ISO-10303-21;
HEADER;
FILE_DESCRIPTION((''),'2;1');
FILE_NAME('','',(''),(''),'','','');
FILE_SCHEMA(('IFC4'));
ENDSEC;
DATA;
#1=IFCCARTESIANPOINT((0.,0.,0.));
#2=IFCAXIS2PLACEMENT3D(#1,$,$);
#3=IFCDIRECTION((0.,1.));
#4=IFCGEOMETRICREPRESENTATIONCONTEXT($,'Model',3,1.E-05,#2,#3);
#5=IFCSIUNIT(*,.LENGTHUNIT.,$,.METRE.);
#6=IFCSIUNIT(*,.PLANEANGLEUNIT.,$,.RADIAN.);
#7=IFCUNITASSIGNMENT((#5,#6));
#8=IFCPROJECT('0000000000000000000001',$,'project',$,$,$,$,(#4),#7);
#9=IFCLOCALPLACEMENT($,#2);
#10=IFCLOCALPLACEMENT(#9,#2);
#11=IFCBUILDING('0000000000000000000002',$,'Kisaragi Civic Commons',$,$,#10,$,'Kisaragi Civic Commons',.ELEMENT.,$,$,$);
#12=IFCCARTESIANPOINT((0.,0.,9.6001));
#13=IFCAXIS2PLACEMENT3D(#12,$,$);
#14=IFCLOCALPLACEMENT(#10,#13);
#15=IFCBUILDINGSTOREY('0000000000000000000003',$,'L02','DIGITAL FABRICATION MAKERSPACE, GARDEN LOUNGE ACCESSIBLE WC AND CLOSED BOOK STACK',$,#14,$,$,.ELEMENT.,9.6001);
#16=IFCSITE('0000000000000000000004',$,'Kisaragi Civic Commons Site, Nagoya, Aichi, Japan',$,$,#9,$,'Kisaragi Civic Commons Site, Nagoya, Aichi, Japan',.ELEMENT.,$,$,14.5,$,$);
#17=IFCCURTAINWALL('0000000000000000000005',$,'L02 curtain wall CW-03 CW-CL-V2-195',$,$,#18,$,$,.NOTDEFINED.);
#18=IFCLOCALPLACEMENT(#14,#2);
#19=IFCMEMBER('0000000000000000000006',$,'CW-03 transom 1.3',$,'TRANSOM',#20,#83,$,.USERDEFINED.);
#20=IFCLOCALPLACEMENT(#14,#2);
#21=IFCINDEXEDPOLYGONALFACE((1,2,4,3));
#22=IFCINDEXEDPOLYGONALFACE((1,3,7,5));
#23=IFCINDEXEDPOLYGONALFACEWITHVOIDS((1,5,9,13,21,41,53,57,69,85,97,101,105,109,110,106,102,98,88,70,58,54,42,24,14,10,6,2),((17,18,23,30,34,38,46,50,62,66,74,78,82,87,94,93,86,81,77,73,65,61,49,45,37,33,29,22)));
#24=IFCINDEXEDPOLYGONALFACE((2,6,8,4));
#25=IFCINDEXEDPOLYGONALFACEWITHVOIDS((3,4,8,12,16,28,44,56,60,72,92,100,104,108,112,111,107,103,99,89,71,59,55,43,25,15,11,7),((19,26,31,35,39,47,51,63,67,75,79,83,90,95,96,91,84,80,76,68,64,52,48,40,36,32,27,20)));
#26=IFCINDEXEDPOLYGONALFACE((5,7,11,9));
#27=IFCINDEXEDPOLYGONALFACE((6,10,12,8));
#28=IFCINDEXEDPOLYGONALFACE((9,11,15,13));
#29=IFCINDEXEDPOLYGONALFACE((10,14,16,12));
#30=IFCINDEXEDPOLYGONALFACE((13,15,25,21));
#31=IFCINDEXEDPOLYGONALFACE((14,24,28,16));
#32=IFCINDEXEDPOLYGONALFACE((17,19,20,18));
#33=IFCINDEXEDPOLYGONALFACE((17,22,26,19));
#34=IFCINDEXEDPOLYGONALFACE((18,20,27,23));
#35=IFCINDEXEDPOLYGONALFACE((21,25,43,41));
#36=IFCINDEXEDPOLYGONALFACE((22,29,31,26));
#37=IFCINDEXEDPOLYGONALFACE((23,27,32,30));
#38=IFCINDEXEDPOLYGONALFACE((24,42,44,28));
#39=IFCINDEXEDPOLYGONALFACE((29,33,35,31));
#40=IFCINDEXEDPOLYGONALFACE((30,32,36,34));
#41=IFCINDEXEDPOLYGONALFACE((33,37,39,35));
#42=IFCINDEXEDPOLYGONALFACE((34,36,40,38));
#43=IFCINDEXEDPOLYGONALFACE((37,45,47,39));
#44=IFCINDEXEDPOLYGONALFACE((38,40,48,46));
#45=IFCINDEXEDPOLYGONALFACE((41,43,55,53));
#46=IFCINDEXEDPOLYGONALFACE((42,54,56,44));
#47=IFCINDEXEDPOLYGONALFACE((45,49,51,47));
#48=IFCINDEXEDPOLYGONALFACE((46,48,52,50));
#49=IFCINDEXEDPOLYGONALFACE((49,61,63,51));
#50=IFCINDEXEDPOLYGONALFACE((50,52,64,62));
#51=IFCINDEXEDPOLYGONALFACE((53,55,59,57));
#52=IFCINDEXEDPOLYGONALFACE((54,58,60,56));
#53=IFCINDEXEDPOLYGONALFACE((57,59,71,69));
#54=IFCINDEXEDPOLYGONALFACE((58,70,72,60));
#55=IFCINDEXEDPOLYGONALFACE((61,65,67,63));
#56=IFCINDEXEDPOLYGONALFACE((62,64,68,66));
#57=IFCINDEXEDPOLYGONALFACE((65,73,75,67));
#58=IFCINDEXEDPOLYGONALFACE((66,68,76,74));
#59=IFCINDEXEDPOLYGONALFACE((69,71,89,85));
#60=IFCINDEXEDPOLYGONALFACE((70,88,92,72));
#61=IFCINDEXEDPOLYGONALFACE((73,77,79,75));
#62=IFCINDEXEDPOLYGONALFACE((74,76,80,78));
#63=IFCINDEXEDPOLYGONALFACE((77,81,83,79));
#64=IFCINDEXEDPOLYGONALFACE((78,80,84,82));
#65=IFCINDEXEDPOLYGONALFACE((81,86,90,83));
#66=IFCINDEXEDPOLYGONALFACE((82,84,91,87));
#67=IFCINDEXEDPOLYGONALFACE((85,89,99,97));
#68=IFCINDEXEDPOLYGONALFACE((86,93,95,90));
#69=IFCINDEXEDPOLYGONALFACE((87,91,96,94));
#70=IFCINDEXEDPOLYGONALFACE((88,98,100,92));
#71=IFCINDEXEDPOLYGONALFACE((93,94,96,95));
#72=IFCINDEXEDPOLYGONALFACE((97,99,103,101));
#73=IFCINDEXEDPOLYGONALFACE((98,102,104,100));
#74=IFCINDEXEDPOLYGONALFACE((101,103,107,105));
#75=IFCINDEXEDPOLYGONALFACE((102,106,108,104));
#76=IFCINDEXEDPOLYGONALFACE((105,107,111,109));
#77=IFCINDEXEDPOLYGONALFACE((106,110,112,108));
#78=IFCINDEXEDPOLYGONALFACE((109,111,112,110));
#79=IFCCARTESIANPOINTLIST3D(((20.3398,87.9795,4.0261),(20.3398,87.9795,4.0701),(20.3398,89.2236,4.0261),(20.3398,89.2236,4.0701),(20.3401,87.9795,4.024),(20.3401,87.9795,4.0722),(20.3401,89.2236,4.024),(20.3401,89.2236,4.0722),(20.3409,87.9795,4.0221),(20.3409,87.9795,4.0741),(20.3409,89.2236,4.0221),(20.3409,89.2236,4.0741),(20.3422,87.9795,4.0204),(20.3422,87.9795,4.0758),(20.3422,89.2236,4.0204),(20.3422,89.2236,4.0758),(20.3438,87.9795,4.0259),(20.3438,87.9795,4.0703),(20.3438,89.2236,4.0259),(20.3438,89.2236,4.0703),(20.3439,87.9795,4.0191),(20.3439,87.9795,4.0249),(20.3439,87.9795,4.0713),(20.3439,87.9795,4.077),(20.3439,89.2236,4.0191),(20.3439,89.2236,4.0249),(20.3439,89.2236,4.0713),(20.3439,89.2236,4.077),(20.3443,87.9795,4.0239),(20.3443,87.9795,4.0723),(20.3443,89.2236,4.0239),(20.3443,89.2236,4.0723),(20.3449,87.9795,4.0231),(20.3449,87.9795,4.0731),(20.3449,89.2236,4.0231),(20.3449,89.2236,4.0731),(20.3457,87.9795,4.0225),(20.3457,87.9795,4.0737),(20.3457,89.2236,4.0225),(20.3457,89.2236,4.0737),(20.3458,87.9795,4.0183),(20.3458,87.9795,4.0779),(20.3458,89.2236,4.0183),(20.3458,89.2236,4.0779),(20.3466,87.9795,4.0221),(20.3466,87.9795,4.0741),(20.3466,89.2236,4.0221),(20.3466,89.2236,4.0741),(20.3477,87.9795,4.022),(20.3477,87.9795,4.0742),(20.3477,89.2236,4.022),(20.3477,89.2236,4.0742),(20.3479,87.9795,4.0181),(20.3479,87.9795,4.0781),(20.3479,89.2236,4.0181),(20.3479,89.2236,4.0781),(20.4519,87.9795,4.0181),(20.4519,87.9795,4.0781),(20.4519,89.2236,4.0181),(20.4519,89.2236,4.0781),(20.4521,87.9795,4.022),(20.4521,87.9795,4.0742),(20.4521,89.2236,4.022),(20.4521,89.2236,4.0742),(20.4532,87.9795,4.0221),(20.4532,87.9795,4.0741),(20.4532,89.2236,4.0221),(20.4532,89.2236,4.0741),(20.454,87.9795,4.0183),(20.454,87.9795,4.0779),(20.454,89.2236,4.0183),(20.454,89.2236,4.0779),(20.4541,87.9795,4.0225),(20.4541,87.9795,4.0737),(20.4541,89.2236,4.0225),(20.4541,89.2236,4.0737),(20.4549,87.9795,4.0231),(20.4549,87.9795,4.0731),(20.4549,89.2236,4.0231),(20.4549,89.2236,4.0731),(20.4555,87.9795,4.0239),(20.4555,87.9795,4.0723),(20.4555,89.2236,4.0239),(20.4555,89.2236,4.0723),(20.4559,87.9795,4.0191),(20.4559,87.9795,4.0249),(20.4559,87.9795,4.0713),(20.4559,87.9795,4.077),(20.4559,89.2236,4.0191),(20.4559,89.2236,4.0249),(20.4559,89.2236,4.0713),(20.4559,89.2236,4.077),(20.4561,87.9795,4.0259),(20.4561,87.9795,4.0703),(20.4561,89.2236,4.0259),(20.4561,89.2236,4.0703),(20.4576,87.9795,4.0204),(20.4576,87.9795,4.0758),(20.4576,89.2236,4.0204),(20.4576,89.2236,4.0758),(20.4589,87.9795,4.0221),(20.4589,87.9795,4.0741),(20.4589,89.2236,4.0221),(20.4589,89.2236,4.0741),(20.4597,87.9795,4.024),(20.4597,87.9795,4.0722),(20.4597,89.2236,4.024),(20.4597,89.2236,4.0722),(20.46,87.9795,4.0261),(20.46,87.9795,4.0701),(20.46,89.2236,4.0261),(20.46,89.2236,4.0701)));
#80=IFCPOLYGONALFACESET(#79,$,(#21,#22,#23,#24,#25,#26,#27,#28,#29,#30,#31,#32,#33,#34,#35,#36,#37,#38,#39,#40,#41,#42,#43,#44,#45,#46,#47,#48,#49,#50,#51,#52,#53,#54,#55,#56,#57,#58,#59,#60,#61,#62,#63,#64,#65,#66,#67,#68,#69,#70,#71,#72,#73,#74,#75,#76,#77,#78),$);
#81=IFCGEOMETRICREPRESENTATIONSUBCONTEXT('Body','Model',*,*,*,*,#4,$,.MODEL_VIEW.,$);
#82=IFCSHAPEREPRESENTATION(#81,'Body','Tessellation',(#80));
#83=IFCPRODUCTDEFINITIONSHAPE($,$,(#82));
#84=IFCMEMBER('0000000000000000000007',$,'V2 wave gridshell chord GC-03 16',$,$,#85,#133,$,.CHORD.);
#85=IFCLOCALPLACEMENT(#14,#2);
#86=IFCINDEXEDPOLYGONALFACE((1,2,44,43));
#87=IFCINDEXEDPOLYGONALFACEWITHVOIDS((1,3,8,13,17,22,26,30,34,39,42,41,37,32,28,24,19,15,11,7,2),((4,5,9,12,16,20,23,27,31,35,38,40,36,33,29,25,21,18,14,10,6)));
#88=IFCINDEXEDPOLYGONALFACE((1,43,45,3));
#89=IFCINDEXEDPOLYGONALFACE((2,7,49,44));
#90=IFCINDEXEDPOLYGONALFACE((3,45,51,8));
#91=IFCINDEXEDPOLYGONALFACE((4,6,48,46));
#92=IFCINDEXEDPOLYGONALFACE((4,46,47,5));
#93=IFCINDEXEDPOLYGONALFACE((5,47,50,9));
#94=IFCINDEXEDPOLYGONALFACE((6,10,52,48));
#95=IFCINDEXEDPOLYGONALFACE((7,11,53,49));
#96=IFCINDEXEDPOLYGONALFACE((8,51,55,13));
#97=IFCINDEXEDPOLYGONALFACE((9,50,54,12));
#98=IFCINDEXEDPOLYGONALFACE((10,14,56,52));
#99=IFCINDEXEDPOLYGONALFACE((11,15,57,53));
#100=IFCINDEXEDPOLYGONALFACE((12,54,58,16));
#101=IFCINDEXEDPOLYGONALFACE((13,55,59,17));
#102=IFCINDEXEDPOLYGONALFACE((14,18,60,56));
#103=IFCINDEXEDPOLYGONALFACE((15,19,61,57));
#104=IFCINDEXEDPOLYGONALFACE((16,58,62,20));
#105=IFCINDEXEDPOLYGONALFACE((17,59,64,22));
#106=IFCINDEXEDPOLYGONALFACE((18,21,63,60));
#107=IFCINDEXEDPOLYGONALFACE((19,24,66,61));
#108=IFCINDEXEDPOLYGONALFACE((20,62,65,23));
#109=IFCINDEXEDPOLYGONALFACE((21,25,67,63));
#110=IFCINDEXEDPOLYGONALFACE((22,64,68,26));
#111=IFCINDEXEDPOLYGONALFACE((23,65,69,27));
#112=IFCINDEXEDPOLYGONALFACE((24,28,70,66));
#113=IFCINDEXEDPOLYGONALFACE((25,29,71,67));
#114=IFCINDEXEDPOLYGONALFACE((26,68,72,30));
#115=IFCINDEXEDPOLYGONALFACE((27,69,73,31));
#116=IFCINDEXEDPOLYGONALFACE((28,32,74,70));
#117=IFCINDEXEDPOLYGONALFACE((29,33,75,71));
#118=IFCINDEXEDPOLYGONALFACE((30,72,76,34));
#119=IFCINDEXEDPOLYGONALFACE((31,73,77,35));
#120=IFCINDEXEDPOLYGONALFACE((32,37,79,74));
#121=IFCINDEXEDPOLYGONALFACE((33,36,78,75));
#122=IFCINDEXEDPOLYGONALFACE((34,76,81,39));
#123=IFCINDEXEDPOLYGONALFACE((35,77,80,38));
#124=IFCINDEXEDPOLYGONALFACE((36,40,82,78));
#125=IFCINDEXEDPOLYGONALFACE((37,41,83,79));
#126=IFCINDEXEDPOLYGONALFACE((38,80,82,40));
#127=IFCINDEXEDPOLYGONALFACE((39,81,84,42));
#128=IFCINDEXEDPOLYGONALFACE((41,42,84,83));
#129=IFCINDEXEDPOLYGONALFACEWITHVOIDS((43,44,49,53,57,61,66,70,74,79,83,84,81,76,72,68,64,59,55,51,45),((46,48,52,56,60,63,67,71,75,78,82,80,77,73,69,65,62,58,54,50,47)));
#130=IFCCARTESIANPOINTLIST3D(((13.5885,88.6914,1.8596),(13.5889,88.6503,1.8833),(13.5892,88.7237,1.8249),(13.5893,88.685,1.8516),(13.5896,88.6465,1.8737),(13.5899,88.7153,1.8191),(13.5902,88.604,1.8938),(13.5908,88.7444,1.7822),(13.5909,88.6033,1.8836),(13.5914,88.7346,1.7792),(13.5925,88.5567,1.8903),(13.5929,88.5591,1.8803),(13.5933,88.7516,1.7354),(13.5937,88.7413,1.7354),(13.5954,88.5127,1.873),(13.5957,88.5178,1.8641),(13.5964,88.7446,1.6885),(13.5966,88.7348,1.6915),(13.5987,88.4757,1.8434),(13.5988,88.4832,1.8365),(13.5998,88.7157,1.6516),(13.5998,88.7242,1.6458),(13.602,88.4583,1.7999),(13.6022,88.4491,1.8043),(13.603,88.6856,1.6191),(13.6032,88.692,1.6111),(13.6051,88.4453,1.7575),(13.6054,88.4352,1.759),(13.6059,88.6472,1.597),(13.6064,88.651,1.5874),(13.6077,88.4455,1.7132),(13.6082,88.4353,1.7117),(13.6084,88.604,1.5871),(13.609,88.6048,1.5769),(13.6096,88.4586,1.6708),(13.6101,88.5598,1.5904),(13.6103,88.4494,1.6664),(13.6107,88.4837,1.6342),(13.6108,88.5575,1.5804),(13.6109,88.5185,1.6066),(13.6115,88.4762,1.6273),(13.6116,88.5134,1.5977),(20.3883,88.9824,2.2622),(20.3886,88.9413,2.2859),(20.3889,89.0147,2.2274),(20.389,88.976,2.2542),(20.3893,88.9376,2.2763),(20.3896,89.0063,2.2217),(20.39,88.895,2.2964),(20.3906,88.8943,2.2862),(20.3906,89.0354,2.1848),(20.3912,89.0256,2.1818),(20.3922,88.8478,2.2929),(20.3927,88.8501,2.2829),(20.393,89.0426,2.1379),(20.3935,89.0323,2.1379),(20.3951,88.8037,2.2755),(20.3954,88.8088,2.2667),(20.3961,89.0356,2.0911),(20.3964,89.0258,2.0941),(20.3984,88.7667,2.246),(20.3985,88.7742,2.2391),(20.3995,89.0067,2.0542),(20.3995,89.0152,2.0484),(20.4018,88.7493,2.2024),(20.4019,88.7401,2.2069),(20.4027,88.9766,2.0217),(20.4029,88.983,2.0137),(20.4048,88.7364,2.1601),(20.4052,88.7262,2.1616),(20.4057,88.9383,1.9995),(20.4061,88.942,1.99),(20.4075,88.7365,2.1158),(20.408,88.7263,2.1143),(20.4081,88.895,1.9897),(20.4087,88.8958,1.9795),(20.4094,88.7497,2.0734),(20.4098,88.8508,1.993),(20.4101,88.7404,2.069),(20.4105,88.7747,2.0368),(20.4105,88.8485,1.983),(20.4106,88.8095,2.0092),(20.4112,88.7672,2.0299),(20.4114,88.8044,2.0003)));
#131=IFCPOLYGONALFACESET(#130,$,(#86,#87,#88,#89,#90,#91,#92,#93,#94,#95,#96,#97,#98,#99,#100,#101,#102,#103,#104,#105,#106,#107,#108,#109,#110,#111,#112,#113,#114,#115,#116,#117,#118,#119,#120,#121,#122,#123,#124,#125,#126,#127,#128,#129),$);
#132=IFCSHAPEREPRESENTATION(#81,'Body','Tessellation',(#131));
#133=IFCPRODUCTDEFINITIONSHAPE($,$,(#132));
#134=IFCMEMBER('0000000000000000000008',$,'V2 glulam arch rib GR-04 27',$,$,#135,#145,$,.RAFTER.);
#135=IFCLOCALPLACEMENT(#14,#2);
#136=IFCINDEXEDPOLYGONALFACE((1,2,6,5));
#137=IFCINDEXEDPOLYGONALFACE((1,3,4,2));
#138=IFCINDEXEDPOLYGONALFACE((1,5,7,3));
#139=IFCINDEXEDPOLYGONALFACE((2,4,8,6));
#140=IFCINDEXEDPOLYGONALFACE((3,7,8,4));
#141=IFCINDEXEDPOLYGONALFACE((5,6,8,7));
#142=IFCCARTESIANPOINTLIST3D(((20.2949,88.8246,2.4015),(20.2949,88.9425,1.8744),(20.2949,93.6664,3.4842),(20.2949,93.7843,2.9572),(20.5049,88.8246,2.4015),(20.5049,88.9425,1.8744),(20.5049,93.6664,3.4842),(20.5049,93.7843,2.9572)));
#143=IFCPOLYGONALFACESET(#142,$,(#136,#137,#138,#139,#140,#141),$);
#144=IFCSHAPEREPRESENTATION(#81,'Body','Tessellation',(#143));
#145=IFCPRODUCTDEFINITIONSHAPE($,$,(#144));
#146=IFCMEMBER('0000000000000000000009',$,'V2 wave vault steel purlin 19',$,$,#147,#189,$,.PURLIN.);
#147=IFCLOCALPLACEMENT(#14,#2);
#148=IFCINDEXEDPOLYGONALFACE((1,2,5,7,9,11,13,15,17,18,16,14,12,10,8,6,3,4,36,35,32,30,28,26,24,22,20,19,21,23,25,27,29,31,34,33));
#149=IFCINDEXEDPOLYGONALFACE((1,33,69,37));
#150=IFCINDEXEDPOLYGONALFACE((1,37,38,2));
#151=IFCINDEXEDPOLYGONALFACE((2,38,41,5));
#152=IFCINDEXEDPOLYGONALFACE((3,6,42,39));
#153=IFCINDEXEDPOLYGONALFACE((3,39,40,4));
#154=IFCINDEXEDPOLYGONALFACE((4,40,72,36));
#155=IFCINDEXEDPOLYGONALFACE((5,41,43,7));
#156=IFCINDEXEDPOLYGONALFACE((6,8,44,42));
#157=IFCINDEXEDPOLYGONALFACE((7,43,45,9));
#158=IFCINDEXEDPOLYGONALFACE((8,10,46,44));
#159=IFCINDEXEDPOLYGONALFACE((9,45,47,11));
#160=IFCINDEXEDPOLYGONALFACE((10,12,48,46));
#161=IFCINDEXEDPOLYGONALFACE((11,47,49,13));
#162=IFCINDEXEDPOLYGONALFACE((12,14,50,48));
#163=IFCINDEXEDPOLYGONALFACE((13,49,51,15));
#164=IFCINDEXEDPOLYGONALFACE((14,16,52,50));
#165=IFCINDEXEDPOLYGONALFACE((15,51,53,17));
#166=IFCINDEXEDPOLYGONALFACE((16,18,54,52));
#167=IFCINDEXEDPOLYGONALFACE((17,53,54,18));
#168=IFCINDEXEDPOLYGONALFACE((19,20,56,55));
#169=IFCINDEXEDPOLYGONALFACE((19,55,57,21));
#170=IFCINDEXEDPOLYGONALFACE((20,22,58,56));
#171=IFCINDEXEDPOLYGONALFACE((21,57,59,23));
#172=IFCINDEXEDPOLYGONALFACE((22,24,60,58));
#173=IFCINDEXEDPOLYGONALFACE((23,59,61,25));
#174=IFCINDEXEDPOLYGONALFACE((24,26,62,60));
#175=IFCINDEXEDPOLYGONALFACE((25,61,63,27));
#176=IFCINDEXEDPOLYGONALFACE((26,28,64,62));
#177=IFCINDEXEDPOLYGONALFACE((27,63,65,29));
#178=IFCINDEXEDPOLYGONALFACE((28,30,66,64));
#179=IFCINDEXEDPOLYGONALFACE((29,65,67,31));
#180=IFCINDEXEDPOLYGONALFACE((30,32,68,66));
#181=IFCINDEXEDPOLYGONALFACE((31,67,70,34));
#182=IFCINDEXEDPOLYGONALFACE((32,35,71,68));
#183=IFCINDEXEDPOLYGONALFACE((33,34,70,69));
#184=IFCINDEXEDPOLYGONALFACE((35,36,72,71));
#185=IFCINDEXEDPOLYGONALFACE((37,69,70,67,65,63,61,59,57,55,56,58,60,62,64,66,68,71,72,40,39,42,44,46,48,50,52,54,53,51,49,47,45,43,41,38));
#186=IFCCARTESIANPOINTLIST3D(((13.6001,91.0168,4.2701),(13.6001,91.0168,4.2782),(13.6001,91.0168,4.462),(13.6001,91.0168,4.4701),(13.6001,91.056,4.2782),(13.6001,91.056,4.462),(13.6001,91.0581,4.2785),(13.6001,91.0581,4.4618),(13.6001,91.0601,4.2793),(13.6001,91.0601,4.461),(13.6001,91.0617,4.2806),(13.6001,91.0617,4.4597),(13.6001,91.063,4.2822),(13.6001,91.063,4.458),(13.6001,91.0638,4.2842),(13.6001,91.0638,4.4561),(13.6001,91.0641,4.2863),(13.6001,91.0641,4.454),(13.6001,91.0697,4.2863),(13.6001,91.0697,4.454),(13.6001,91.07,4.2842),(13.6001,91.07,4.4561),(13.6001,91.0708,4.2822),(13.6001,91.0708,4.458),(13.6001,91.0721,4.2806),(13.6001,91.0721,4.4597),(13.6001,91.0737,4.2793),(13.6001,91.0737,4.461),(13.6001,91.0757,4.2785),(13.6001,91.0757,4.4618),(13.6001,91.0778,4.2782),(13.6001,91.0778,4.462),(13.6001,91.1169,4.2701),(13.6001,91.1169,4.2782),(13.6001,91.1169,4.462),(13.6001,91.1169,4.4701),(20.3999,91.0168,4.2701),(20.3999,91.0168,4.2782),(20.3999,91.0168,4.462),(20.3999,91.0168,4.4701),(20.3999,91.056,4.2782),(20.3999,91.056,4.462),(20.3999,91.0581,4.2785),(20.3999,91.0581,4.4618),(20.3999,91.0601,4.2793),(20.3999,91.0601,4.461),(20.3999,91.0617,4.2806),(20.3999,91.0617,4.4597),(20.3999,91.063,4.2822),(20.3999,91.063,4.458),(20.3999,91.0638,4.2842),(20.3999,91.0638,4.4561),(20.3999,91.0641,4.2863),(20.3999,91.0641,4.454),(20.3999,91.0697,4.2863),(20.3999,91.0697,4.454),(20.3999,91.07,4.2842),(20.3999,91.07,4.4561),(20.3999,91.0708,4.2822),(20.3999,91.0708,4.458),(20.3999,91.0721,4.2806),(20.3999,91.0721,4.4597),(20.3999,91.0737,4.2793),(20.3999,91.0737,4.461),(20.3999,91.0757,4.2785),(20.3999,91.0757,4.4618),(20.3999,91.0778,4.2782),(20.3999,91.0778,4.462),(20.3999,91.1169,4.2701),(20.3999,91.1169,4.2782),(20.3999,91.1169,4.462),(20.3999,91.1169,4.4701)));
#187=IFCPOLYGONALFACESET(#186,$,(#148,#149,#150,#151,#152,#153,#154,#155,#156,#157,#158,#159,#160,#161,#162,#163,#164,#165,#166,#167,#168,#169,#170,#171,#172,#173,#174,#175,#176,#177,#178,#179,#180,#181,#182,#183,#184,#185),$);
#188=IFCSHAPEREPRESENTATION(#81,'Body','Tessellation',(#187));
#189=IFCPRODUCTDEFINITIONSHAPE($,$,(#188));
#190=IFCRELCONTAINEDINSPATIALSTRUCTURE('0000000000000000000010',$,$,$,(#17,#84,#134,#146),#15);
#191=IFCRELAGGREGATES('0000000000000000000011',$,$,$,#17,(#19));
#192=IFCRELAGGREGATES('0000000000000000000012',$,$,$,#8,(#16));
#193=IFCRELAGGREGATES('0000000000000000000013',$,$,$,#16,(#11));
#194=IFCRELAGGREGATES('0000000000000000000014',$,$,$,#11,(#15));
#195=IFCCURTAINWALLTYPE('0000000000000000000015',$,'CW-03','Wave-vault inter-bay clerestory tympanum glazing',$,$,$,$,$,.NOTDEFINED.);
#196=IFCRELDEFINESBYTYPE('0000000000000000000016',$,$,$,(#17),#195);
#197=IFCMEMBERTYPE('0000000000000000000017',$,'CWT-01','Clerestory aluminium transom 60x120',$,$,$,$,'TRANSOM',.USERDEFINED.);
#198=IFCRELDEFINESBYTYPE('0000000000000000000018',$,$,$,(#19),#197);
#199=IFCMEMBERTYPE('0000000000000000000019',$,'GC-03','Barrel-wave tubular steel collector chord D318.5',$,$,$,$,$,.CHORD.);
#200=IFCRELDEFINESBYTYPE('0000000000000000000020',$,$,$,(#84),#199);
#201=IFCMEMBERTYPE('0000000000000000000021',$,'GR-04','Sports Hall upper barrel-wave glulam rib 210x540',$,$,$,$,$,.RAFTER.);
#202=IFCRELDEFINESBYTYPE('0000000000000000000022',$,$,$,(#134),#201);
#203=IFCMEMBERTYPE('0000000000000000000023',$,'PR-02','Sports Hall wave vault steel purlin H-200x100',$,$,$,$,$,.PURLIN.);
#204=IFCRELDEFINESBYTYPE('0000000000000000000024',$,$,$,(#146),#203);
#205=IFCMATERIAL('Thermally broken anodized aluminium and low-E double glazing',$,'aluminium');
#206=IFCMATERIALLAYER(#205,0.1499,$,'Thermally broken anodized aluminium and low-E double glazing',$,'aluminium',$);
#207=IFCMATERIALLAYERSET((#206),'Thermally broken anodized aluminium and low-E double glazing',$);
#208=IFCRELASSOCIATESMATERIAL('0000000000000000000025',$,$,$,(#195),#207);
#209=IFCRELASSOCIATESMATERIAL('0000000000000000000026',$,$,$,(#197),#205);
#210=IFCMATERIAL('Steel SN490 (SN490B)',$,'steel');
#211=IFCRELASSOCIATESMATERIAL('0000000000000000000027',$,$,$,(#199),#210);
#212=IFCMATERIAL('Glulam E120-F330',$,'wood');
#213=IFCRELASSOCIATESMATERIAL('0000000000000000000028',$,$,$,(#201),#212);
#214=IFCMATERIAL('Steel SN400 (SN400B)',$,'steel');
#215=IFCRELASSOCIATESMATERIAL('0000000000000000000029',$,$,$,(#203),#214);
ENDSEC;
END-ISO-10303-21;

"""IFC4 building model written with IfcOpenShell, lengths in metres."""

from ifc_helpers import new_model, si_unit, direction, frame, origin, origin_2d, place, context, subcontext, project, spatial, rectangle, hollow_rectangle, hollow_circle, i_section, extrude, material, layer, layer_set, material_profile, profile_set, type_object, element, aggregate, save


model = new_model("IFC4")

# Units and contexts
model_context = context("Model", 3, precision=1e-05, world=origin(), true_north=direction((0.0, 1.0)))
body_context = subcontext(model_context, "Body", "Model", "MODEL_VIEW")
ifc_project = project(units=[si_unit("LENGTHUNIT", "METRE"), si_unit("PLANEANGLEUNIT", "RADIAN")], contexts=[model_context])

# Site, building, storey
site_placement = place(None, origin())
site = spatial("IfcSite", under=ifc_project, at=site_placement, Name="Kisaragi Civic Commons Site, Nagoya, Aichi, Japan", LongName="Kisaragi Civic Commons Site, Nagoya, Aichi, Japan", CompositionType="ELEMENT", RefElevation=14.5)
building_placement = place(site_placement, origin())
building = spatial("IfcBuilding", under=site, at=building_placement, Name="Kisaragi Civic Commons", LongName="Kisaragi Civic Commons", CompositionType="ELEMENT")
storey_placement = place(building_placement, frame((0.0, 0.0, 9.6001)))
storey = spatial("IfcBuildingStorey", under=building, at=storey_placement, Name="L02", Description="DIGITAL FABRICATION MAKERSPACE, GARDEN LOUNGE ACCESSIBLE WC AND CLOSED BOOK STACK", CompositionType="ELEMENT", Elevation=9.6001)

# Shared definitions
ifc_material_1 = material(Name="Thermally broken anodized aluminium and low-E double glazing", Category="aluminium")
ifc_layer_1 = layer(ifc_material_1, 0.1499, Name="Thermally broken anodized aluminium and low-E double glazing", Category="aluminium")
ifc_layer_set_1 = layer_set([ifc_layer_1], Name="Thermally broken anodized aluminium and low-E double glazing")
curtain_wall_type = type_object("IfcCurtainWallType", Name="CW-03", Description="Wave-vault inter-bay clerestory tympanum glazing", PredefinedType="NOTDEFINED", material=ifc_layer_set_1)

# Curtain wall
curtain_wall_1_placement = place(storey_placement, origin())
curtain_wall_1 = element("IfcCurtainWall", 1, at=curtain_wall_1_placement, inside=storey, type_object=curtain_wall_type, Name="L02 curtain wall CW-03 CW-CL-V2-195", PredefinedType="NOTDEFINED")

# Member
ifc_material_profile_1 = material_profile(ifc_material_1, hollow_rectangle(XDim=0.1201, YDim=0.0601, WallThickness=0.0039, InnerFilletRadius=0.0039, OuterFilletRadius=0.0081, at=origin_2d()), Name="CWT-60x120x4", Category="aluminium")
ifc_profile_set_1 = profile_set([ifc_material_profile_1], Name="Thermally broken anodized aluminium and low-E double glazing")
member_type_1 = type_object("IfcMemberType", Name="CWT-01", Description="Clerestory aluminium transom 60x120", ElementType="TRANSOM", PredefinedType="USERDEFINED", material=ifc_profile_set_1)
member_1_placement = place(storey_placement, frame((20.3999, 87.9795, 4.0481), z_axis=(0.0, 1.0, 0.0), x_axis=(-1.0, 0.0, 0.0)))
member_1 = element("IfcMember", 2, at=member_1_placement, type_object=member_type_1, Name="CW-03 transom 1.3", ObjectType="TRANSOM", PredefinedType="USERDEFINED", context=body_context, shape_type="SweptSolid", body=[
    extrude(hollow_rectangle(XDim=0.1201, YDim=0.0601, WallThickness=0.0039, InnerFilletRadius=0.0039, OuterFilletRadius=0.0081, at=origin_2d()), origin(), (0.0, 0.0, 1.0), 1.2441),
])

# Members
ifc_material_2 = material(Name="Steel SN490 (SN490B)", Category="steel")
ifc_material_profile_2 = material_profile(ifc_material_2, hollow_circle(Radius=0.1592, WallThickness=0.0103, at=origin_2d()), Name="CHS-318.5x10.3", Category="steel")
ifc_profile_set_2 = profile_set([ifc_material_profile_2], Name="Steel SN490 (SN490B)")
member_type_2 = type_object("IfcMemberType", Name="GC-03", Description="Barrel-wave tubular steel collector chord D318.5", PredefinedType="CHORD", material=ifc_profile_set_2)
member_2_placement = place(storey_placement, frame((13.6001, 88.5925, 1.7354), z_axis=(0.997342, 0.042684, 0.059048), x_axis=(-0.042759, 0.999085, 0.0)))
element("IfcMember", 3, at=member_2_placement, inside=storey, type_object=member_type_2, Name="V2 wave gridshell chord GC-03 16", PredefinedType="CHORD", context=body_context, shape_type="SweptSolid", body=[
    extrude(hollow_circle(Radius=0.1592, WallThickness=0.0103, at=origin_2d()), origin(), (0.0, 0.0, 1.0), 6.8179),
])
ifc_material_3 = material(Name="Glulam E120-F330", Category="wood")
ifc_material_profile_3 = material_profile(ifc_material_3, rectangle(XDim=0.21, YDim=0.54, at=origin_2d()), Name="GL-210x540", Category="wood")
ifc_profile_set_3 = profile_set([ifc_material_profile_3], Name="Glulam E120-F330")
member_type_3 = type_object("IfcMemberType", Name="GR-04", Description="Sports Hall upper barrel-wave glulam rib 210x540", PredefinedType="RAFTER", material=ifc_profile_set_3)
member_3_placement = place(storey_placement, frame((20.3999, 88.8835, 2.1379), z_axis=(0.0, 0.975896, 0.218238), x_axis=(-1.0, 0.0, 0.0)))
element("IfcMember", 4, at=member_3_placement, inside=storey, type_object=member_type_3, Name="V2 glulam arch rib GR-04 27", PredefinedType="RAFTER", context=body_context, shape_type="SweptSolid", body=[
    extrude(rectangle(XDim=0.21, YDim=0.54, at=origin_2d()), origin(), (0.0, 0.0, 1.0), 4.9614),
])
ifc_material_4 = material(Name="Steel SN400 (SN400B)", Category="steel")
ifc_material_profile_4 = material_profile(ifc_material_4, i_section(OverallWidth=0.1001, OverallDepth=0.2, WebThickness=0.0056, FlangeThickness=0.0081, FilletRadius=0.0081, at=origin_2d()), Name="H-200x100x5.5x8", Category="steel")
ifc_profile_set_4 = profile_set([ifc_material_profile_4], Name="Steel SN400 (SN400B)")
member_type_4 = type_object("IfcMemberType", Name="PR-02", Description="Sports Hall wave vault steel purlin H-200x100", PredefinedType="PURLIN", material=ifc_profile_set_4)
member_4_placement = place(storey_placement, frame((13.6001, 91.0669, 4.3701), z_axis=(1.0, 0.0, 0.0), x_axis=(0.0, 1.0, 0.0)))
element("IfcMember", 5, at=member_4_placement, inside=storey, type_object=member_type_4, Name="V2 wave vault steel purlin 19", PredefinedType="PURLIN", context=body_context, shape_type="SweptSolid", body=[
    extrude(i_section(OverallWidth=0.1001, OverallDepth=0.2, WebThickness=0.0056, FlangeThickness=0.0081, FilletRadius=0.0081, at=origin_2d()), origin(), (0.0, 0.0, 1.0), 6.7998),
])

aggregate(curtain_wall_1, [member_1])

save(model, "model.ifc")
